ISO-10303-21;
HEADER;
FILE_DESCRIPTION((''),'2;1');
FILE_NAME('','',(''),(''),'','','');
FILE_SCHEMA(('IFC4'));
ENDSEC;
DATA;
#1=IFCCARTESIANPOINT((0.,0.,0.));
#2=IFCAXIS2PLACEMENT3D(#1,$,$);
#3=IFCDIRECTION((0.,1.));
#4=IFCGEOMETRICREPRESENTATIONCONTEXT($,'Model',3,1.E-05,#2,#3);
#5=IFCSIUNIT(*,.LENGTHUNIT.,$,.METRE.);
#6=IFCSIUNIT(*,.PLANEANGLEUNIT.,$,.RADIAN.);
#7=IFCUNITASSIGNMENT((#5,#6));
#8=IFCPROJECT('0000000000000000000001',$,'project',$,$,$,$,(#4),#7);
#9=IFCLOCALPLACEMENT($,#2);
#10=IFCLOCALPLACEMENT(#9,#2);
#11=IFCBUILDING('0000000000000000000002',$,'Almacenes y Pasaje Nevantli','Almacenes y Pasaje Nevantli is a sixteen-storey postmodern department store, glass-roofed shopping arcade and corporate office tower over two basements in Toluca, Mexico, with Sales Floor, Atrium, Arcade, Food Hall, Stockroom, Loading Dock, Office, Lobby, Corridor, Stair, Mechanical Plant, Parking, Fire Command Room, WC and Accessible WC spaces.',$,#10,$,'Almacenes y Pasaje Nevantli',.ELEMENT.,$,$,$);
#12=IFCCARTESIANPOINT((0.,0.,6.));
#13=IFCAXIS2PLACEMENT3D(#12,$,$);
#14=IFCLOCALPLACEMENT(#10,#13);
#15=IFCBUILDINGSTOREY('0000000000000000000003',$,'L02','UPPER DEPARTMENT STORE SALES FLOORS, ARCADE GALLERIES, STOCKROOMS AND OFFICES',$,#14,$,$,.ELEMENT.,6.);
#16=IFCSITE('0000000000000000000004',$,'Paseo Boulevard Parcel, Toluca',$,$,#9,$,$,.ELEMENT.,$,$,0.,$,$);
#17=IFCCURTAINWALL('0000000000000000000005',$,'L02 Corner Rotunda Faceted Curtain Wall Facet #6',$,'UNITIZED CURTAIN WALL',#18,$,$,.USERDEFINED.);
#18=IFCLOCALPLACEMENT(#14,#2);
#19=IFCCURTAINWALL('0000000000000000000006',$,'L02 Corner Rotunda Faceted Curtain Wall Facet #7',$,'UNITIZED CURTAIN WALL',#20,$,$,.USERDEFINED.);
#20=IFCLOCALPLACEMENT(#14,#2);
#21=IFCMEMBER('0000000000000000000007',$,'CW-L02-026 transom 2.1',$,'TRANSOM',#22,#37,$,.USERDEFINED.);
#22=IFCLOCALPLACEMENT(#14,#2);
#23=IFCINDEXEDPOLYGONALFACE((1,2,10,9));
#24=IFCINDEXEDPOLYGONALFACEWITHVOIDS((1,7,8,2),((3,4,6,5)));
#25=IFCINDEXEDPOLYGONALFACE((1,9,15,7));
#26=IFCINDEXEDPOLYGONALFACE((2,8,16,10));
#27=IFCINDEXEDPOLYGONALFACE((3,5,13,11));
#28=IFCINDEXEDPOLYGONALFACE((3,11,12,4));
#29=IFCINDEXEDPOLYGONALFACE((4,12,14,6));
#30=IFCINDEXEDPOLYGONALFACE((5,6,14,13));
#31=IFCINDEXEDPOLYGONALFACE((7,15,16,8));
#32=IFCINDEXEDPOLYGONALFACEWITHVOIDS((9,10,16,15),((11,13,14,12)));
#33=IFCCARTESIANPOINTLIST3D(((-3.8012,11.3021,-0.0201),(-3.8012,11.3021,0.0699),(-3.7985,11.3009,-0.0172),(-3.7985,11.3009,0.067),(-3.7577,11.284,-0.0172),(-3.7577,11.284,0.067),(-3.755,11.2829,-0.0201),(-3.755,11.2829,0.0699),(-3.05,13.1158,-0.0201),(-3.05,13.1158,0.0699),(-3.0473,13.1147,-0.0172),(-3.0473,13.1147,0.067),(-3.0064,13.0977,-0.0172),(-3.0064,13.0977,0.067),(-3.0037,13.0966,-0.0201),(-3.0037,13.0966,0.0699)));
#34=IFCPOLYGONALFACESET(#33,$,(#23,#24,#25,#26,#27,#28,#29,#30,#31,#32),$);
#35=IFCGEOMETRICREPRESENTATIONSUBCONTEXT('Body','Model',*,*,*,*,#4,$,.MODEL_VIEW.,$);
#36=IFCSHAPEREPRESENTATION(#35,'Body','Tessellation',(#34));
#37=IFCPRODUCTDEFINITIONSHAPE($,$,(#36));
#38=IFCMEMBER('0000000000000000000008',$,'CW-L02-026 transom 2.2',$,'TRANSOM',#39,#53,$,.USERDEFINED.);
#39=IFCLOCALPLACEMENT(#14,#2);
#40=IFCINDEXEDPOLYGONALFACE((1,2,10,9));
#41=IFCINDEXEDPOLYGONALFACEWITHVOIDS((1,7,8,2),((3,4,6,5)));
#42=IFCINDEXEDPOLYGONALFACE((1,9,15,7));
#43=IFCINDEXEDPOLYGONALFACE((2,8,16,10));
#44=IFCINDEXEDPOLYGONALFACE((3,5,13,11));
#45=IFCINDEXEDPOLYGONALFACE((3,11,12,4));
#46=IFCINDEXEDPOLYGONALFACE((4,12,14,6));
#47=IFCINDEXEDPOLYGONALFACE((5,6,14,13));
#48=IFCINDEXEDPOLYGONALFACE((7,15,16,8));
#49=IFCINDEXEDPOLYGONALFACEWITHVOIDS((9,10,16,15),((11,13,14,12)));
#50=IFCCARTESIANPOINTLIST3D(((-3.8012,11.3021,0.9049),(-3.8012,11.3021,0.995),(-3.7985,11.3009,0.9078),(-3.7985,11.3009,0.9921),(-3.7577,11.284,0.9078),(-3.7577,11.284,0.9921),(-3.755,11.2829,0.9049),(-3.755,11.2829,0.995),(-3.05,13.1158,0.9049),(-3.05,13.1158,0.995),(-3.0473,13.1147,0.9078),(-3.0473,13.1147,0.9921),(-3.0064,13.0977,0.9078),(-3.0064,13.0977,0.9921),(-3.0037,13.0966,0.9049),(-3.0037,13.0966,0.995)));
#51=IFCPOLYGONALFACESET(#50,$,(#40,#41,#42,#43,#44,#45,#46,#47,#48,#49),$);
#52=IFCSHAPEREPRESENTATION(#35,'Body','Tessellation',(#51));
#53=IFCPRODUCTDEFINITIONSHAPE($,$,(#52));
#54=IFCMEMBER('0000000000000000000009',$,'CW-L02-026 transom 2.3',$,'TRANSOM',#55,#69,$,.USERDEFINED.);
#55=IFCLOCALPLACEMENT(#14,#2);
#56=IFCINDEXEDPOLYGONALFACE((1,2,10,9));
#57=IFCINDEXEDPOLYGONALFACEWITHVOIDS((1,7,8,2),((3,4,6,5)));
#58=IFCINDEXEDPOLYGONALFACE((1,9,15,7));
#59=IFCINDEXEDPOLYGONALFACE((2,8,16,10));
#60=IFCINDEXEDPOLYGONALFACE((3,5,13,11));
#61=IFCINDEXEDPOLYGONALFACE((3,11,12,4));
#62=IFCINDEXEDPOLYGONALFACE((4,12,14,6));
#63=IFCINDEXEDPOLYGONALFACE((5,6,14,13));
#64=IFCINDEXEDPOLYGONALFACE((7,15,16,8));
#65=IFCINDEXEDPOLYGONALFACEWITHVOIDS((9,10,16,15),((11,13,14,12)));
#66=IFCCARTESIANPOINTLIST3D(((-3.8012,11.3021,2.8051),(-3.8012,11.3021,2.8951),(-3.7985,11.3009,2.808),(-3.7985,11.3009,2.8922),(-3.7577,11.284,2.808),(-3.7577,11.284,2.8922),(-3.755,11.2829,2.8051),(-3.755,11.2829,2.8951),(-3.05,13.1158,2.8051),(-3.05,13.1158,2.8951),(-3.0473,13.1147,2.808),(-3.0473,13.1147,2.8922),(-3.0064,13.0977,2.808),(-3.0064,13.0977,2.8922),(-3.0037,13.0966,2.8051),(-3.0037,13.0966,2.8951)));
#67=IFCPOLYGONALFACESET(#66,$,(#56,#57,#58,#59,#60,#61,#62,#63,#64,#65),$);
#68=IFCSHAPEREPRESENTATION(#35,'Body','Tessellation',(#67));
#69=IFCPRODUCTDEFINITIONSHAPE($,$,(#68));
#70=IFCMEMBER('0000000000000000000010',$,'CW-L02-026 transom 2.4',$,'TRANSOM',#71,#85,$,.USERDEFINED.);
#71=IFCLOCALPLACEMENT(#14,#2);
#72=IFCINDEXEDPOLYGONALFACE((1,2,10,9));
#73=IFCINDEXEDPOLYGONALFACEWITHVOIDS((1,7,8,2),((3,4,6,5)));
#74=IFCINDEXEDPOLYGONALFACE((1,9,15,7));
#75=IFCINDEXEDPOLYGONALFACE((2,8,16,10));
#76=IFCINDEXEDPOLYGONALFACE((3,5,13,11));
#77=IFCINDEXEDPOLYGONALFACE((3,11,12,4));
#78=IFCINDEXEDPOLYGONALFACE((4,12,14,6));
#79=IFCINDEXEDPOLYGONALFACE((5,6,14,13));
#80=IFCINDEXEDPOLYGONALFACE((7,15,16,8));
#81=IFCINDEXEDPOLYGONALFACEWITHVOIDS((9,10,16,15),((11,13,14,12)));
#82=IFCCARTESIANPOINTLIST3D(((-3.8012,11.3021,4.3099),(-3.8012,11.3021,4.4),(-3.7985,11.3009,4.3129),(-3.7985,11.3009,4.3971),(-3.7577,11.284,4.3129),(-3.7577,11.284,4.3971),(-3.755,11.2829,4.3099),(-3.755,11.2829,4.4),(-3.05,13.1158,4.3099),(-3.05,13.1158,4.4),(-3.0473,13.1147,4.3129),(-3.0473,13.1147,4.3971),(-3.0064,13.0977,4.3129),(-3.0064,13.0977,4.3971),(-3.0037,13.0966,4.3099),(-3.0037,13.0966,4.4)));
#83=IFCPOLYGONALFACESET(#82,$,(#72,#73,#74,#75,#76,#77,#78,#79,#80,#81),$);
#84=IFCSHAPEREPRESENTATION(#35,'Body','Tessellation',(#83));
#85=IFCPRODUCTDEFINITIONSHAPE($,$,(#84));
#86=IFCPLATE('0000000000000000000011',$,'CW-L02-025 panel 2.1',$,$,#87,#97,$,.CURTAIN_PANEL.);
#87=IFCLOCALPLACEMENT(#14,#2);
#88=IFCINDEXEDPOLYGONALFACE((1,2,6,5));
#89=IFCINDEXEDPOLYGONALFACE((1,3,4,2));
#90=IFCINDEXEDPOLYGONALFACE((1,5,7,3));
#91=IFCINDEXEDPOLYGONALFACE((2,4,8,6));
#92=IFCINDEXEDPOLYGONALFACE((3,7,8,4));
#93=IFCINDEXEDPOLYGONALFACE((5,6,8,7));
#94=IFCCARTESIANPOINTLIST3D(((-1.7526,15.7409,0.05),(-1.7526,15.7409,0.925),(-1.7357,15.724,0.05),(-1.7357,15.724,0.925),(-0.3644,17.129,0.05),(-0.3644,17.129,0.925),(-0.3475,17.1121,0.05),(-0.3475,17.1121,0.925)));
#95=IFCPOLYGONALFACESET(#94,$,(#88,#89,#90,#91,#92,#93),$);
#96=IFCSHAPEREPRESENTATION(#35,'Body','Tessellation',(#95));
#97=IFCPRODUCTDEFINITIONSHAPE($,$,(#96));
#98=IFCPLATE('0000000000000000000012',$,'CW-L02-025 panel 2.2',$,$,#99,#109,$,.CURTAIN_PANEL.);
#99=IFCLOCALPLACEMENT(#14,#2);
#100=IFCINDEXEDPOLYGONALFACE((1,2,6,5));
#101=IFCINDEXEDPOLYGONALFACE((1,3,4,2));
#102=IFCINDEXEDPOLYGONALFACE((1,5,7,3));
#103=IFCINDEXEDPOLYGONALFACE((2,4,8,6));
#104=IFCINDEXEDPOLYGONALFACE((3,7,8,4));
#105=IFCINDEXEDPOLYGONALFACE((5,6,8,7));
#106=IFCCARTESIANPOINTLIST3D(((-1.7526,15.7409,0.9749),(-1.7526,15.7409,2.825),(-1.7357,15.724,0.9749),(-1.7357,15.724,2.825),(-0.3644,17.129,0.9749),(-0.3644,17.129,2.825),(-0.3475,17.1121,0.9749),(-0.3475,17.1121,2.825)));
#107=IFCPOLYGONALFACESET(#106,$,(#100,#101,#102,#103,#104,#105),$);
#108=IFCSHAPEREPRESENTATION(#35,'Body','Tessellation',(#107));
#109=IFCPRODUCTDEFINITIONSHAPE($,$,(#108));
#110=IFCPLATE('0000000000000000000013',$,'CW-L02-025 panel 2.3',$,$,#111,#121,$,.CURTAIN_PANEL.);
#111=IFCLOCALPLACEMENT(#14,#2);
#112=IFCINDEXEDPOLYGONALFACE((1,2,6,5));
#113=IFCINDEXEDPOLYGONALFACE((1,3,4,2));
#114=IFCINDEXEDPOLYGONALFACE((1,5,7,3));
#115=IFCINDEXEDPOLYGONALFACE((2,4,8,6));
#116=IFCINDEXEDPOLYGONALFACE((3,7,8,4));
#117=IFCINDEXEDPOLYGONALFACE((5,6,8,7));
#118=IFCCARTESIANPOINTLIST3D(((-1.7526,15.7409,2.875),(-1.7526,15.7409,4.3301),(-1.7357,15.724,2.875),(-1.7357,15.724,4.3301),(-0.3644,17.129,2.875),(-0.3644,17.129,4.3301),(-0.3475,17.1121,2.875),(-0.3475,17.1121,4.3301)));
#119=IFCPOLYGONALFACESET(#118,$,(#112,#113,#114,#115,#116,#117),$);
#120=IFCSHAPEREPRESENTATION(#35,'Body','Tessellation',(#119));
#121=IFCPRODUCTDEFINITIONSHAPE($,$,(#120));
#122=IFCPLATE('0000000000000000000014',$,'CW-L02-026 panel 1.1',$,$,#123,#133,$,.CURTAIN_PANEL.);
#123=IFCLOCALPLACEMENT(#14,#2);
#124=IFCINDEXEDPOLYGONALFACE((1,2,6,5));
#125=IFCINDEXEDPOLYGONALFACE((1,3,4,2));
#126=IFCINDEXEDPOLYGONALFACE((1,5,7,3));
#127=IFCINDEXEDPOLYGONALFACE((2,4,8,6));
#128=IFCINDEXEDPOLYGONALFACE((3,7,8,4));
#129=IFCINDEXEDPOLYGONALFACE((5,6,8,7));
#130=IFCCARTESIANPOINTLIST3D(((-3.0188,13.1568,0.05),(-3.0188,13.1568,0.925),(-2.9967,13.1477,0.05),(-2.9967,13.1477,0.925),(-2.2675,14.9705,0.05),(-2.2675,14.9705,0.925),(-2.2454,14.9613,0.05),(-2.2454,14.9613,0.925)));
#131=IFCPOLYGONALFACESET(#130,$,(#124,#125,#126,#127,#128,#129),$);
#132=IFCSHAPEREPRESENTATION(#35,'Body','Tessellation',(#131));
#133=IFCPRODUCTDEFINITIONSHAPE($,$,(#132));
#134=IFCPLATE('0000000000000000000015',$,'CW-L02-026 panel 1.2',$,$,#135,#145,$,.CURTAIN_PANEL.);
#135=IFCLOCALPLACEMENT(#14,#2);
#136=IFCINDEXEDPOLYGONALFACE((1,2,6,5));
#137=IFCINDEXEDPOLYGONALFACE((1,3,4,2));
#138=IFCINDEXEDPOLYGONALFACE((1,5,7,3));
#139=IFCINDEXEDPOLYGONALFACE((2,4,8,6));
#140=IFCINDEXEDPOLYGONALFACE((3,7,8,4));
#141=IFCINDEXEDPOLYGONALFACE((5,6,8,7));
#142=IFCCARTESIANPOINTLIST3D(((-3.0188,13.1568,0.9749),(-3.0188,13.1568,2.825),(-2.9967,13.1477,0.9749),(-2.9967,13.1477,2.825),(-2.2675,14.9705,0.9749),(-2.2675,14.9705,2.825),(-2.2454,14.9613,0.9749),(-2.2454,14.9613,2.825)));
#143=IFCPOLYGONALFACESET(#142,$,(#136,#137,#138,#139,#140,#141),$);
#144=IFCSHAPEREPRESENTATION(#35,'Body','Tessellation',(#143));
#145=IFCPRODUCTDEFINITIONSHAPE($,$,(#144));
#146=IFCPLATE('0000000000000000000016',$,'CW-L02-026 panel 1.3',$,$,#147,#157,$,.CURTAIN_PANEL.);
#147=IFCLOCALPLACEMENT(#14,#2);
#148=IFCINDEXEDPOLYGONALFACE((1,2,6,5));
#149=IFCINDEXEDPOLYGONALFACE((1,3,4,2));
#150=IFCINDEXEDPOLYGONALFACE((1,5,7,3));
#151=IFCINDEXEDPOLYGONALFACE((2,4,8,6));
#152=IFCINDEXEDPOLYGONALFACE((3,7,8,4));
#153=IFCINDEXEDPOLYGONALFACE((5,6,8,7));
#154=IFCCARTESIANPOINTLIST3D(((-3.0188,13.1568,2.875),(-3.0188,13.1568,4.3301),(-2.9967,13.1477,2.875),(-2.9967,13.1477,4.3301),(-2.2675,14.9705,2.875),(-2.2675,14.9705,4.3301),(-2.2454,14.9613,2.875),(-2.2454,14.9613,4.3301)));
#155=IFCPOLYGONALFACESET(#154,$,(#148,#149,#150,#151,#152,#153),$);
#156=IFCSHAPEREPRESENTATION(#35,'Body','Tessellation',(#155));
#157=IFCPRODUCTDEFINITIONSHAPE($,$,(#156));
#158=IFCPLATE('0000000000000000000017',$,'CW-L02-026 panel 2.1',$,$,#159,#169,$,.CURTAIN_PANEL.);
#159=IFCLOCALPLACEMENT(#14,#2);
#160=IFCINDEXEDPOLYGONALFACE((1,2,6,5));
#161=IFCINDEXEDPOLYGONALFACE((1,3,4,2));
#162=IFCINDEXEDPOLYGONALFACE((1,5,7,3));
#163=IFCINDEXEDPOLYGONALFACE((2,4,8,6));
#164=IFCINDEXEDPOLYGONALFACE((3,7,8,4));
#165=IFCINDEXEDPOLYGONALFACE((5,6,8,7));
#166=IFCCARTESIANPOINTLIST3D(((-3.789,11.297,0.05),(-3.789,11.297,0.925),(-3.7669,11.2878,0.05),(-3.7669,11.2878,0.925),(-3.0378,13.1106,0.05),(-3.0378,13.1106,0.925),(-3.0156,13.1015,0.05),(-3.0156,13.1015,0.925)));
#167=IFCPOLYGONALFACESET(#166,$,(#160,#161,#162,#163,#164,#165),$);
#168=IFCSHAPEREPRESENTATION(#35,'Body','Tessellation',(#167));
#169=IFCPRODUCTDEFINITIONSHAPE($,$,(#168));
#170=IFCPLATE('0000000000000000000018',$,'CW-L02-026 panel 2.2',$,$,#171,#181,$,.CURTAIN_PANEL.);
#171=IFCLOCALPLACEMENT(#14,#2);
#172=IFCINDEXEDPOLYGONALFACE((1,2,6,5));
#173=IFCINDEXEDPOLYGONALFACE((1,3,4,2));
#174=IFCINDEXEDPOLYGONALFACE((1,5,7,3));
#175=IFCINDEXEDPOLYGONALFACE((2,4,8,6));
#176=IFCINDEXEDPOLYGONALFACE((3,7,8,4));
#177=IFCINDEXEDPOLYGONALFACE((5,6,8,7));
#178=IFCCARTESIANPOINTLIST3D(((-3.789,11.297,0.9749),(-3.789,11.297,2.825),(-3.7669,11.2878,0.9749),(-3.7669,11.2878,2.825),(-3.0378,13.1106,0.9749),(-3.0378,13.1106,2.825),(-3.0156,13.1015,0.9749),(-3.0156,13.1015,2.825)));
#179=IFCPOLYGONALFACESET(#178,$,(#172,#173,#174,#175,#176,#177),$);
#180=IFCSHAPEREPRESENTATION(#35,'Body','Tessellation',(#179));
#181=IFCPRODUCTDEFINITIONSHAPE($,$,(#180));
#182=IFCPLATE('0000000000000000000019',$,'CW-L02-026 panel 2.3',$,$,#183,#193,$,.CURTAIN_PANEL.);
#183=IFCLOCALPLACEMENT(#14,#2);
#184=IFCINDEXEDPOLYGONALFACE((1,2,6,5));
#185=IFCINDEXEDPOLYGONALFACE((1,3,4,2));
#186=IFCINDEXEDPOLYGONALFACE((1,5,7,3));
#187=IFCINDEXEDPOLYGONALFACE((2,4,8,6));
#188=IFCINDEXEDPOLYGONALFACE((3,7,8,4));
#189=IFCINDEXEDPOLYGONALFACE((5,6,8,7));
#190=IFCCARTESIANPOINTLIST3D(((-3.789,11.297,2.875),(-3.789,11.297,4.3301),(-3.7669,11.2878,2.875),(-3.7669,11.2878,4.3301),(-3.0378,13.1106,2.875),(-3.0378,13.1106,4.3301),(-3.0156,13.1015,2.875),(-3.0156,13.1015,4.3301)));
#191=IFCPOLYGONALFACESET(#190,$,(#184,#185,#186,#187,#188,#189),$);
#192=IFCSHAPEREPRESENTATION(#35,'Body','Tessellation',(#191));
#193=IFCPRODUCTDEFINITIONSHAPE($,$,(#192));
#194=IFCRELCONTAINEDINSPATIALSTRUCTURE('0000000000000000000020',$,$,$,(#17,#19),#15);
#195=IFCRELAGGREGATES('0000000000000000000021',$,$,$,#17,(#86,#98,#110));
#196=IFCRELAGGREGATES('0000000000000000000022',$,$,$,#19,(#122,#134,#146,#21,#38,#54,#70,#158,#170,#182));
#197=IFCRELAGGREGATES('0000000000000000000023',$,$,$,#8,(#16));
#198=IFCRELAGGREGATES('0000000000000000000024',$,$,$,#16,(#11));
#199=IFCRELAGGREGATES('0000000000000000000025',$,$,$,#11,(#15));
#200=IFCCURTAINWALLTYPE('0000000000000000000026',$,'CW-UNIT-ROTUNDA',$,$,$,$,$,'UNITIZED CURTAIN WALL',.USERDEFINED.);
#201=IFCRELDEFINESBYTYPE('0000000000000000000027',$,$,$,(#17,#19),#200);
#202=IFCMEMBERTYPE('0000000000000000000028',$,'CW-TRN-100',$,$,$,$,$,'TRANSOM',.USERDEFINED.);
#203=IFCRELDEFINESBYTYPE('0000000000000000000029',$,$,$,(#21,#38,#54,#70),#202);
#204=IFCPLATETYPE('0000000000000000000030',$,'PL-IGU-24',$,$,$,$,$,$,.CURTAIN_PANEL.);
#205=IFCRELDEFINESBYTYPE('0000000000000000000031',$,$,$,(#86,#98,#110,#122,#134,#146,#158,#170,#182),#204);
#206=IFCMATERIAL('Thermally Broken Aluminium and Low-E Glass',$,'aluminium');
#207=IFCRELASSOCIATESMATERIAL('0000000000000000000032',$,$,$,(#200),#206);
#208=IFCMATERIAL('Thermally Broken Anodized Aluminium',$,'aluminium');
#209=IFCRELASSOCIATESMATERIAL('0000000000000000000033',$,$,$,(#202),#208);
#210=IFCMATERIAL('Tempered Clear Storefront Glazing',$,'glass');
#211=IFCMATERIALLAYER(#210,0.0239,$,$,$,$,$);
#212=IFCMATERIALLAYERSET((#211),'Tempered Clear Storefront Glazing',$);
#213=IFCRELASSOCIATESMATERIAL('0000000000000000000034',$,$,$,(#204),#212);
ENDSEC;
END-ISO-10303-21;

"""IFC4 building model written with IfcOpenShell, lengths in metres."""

from ifc_helpers import new_model, si_unit, direction, frame, origin, origin_2d, place, context, subcontext, project, spatial, rectangle, hollow_rectangle, extrude, material, layer, layer_set, material_profile, profile_set, type_object, element, aggregate, save


model = new_model("IFC4")

# Units and contexts
model_context = context("Model", 3, precision=1e-05, world=origin(), true_north=direction((0.0, 1.0)))
body_context = subcontext(model_context, "Body", "Model", "MODEL_VIEW")
ifc_project = project(units=[si_unit("LENGTHUNIT", "METRE"), si_unit("PLANEANGLEUNIT", "RADIAN")], contexts=[model_context])

# Site, building, storey
site_placement = place(None, origin())
site = spatial("IfcSite", under=ifc_project, at=site_placement, Name="Paseo Boulevard Parcel, Toluca", CompositionType="ELEMENT", RefElevation=0.0)
building_placement = place(site_placement, origin())
building = spatial("IfcBuilding", under=site, at=building_placement, Name="Almacenes y Pasaje Nevantli", Description="Almacenes y Pasaje Nevantli is a sixteen-storey postmodern department store, glass-roofed shopping arcade and corporate office tower over two basements in Toluca, Mexico, with Sales Floor, Atrium, Arcade, Food Hall, Stockroom, Loading Dock, Office, Lobby, Corridor, Stair, Mechanical Plant, Parking, Fire Command Room, WC and Accessible WC spaces.", LongName="Almacenes y Pasaje Nevantli", CompositionType="ELEMENT")
storey_placement = place(building_placement, frame((0.0, 0.0, 6.0)))
storey = spatial("IfcBuildingStorey", under=building, at=storey_placement, Name="L02", Description="UPPER DEPARTMENT STORE SALES FLOORS, ARCADE GALLERIES, STOCKROOMS AND OFFICES", CompositionType="ELEMENT", Elevation=6.0)

# Curtain walls
ifc_material_1 = material(Name="Thermally Broken Aluminium and Low-E Glass", Category="aluminium")
curtain_wall_type = type_object("IfcCurtainWallType", Name="CW-UNIT-ROTUNDA", ElementType="UNITIZED CURTAIN WALL", PredefinedType="USERDEFINED", material=ifc_material_1)
curtain_wall_1_placement = place(storey_placement, origin())
curtain_wall_1 = element("IfcCurtainWall", 1, at=curtain_wall_1_placement, inside=storey, type_object=curtain_wall_type, Name="L02 Corner Rotunda Faceted Curtain Wall Facet #6", ObjectType="UNITIZED CURTAIN WALL", PredefinedType="USERDEFINED")
curtain_wall_2_placement = place(storey_placement, origin())
curtain_wall_2 = element("IfcCurtainWall", 2, at=curtain_wall_2_placement, inside=storey, type_object=curtain_wall_type, Name="L02 Corner Rotunda Faceted Curtain Wall Facet #7", ObjectType="UNITIZED CURTAIN WALL", PredefinedType="USERDEFINED")

# Members
ifc_material_2 = material(Name="Thermally Broken Anodized Aluminium", Category="aluminium")
ifc_material_profile_1 = material_profile(ifc_material_2, hollow_rectangle(XDim=0.05, YDim=0.0901, WallThickness=0.0029, at=origin_2d()), Name="ALU-TRN-50x90")
ifc_profile_set_1 = profile_set([ifc_material_profile_1], Name="Thermally Broken Anodized Aluminium")
member_type_1 = type_object("IfcMemberType", Name="CW-TRN-100", ElementType="TRANSOM", PredefinedType="USERDEFINED", material=ifc_profile_set_1)
member_1_placement = place(storey_placement, frame((-3.0269, 13.1062, 0.0249), z_axis=(-0.382663, -0.923888, 0.0), x_axis=(0.923888, -0.382663, 0.0)))
member_1 = element("IfcMember", 3, at=member_1_placement, type_object=member_type_1, Name="CW-L02-026 transom 2.1", ObjectType="TRANSOM", PredefinedType="USERDEFINED", context=body_context, shape_type="SweptSolid", body=[
    extrude(hollow_rectangle(XDim=0.05, YDim=0.0901, WallThickness=0.0029, at=origin_2d()), origin(), (0.0, 0.0, 1.0), 1.9631),
])
member_2_placement = place(storey_placement, frame((-3.0269, 13.1062, 0.95), z_axis=(-0.382663, -0.923888, 0.0), x_axis=(0.923888, -0.382663, 0.0)))
member_2 = element("IfcMember", 4, at=member_2_placement, type_object=member_type_1, Name="CW-L02-026 transom 2.2", ObjectType="TRANSOM", PredefinedType="USERDEFINED", context=body_context, shape_type="SweptSolid", body=[
    extrude(hollow_rectangle(XDim=0.05, YDim=0.0901, WallThickness=0.0029, at=origin_2d()), origin(), (0.0, 0.0, 1.0), 1.9631),
])
member_3_placement = place(storey_placement, frame((-3.0269, 13.1062, 2.8501), z_axis=(-0.382663, -0.923888, 0.0), x_axis=(0.923888, -0.382663, 0.0)))
member_3 = element("IfcMember", 5, at=member_3_placement, type_object=member_type_1, Name="CW-L02-026 transom 2.3", ObjectType="TRANSOM", PredefinedType="USERDEFINED", context=body_context, shape_type="SweptSolid", body=[
    extrude(hollow_rectangle(XDim=0.05, YDim=0.0901, WallThickness=0.0029, at=origin_2d()), origin(), (0.0, 0.0, 1.0), 1.9631),
])
member_4_placement = place(storey_placement, frame((-3.0269, 13.1062, 4.355), z_axis=(-0.382663, -0.923888, 0.0), x_axis=(0.923888, -0.382663, 0.0)))
member_4 = element("IfcMember", 6, at=member_4_placement, type_object=member_type_1, Name="CW-L02-026 transom 2.4", ObjectType="TRANSOM", PredefinedType="USERDEFINED", context=body_context, shape_type="SweptSolid", body=[
    extrude(hollow_rectangle(XDim=0.05, YDim=0.0901, WallThickness=0.0029, at=origin_2d()), origin(), (0.0, 0.0, 1.0), 1.9631),
])

# Plates
ifc_material_3 = material(Name="Tempered Clear Storefront Glazing", Category="glass")
ifc_layer_1 = layer(ifc_material_3, 0.0239)
ifc_layer_set_1 = layer_set([ifc_layer_1], Name="Tempered Clear Storefront Glazing")
plate_type = type_object("IfcPlateType", Name="PL-IGU-24", PredefinedType="CURTAIN_PANEL", material=ifc_layer_set_1)
plate_1_placement = place(storey_placement, frame((-1.05, 16.4265, 0.05), z_axis=(0.0, 0.0, 1.0), x_axis=(-0.707107, -0.707107, 0.0)))
plate_1 = element("IfcPlate", 7, at=plate_1_placement, type_object=plate_type, Name="CW-L02-025 panel 2.1", PredefinedType="CURTAIN_PANEL", context=body_context, shape_type="SweptSolid", body=[
    extrude(rectangle(XDim=1.9631, YDim=0.0239, at=origin_2d()), origin(), (0.0, 0.0, 1.0), 0.875),
])
plate_2_placement = place(storey_placement, frame((-1.05, 16.4265, 0.9749), z_axis=(0.0, 0.0, 1.0), x_axis=(-0.707107, -0.707107, 0.0)))
plate_2 = element("IfcPlate", 8, at=plate_2_placement, type_object=plate_type, Name="CW-L02-025 panel 2.2", PredefinedType="CURTAIN_PANEL", context=body_context, shape_type="SweptSolid", body=[
    extrude(rectangle(XDim=1.9631, YDim=0.0239, at=origin_2d()), origin(), (0.0, 0.0, 1.0), 1.8501),
])
plate_3_placement = place(storey_placement, frame((-1.05, 16.4265, 2.875), z_axis=(0.0, 0.0, 1.0), x_axis=(-0.707107, -0.707107, 0.0)))
plate_3 = element("IfcPlate", 9, at=plate_3_placement, type_object=plate_type, Name="CW-L02-025 panel 2.3", PredefinedType="CURTAIN_PANEL", context=body_context, shape_type="SweptSolid", body=[
    extrude(rectangle(XDim=1.9631, YDim=0.0239, at=origin_2d()), origin(), (0.0, 0.0, 1.0), 1.4551),
])
aggregate(curtain_wall_1, [plate_1, plate_2, plate_3])
plate_4_placement = place(storey_placement, frame((-2.6321, 14.0591, 0.05), z_axis=(0.0, 0.0, 1.0), x_axis=(-0.382698, -0.923873, 0.0)))
plate_4 = element("IfcPlate", 10, at=plate_4_placement, type_object=plate_type, Name="CW-L02-026 panel 1.1", PredefinedType="CURTAIN_PANEL", context=body_context, shape_type="SweptSolid", body=[
    extrude(rectangle(XDim=1.9631, YDim=0.0239, at=origin_2d()), origin(), (0.0, 0.0, 1.0), 0.875),
])
plate_5_placement = place(storey_placement, frame((-2.6321, 14.0591, 0.9749), z_axis=(0.0, 0.0, 1.0), x_axis=(-0.382698, -0.923873, 0.0)))
plate_5 = element("IfcPlate", 11, at=plate_5_placement, type_object=plate_type, Name="CW-L02-026 panel 1.2", PredefinedType="CURTAIN_PANEL", context=body_context, shape_type="SweptSolid", body=[
    extrude(rectangle(XDim=1.9631, YDim=0.0239, at=origin_2d()), origin(), (0.0, 0.0, 1.0), 1.8501),
])
plate_6_placement = place(storey_placement, frame((-2.6321, 14.0591, 2.875), z_axis=(0.0, 0.0, 1.0), x_axis=(-0.382698, -0.923873, 0.0)))
plate_6 = element("IfcPlate", 12, at=plate_6_placement, type_object=plate_type, Name="CW-L02-026 panel 1.3", PredefinedType="CURTAIN_PANEL", context=body_context, shape_type="SweptSolid", body=[
    extrude(rectangle(XDim=1.9631, YDim=0.0239, at=origin_2d()), origin(), (0.0, 0.0, 1.0), 1.4551),
])
plate_7_placement = place(storey_placement, frame((-3.4023, 12.1992, 0.05), z_axis=(0.0, 0.0, 1.0), x_axis=(-0.382698, -0.923873, 0.0)))
plate_7 = element("IfcPlate", 13, at=plate_7_placement, type_object=plate_type, Name="CW-L02-026 panel 2.1", PredefinedType="CURTAIN_PANEL", context=body_context, shape_type="SweptSolid", body=[
    extrude(rectangle(XDim=1.9631, YDim=0.0239, at=origin_2d()), origin(), (0.0, 0.0, 1.0), 0.875),
])
plate_8_placement = place(storey_placement, frame((-3.4023, 12.1992, 0.9749), z_axis=(0.0, 0.0, 1.0), x_axis=(-0.382698, -0.923873, 0.0)))
plate_8 = element("IfcPlate", 14, at=plate_8_placement, type_object=plate_type, Name="CW-L02-026 panel 2.2", PredefinedType="CURTAIN_PANEL", context=body_context, shape_type="SweptSolid", body=[
    extrude(rectangle(XDim=1.9631, YDim=0.0239, at=origin_2d()), origin(), (0.0, 0.0, 1.0), 1.8501),
])
plate_9_placement = place(storey_placement, frame((-3.4023, 12.1992, 2.875), z_axis=(0.0, 0.0, 1.0), x_axis=(-0.382698, -0.923873, 0.0)))
plate_9 = element("IfcPlate", 15, at=plate_9_placement, type_object=plate_type, Name="CW-L02-026 panel 2.3", PredefinedType="CURTAIN_PANEL", context=body_context, shape_type="SweptSolid", body=[
    extrude(rectangle(XDim=1.9631, YDim=0.0239, at=origin_2d()), origin(), (0.0, 0.0, 1.0), 1.4551),
])
aggregate(curtain_wall_2, [plate_4, plate_5, plate_6, member_1, member_2, member_3, member_4, plate_7, plate_8, plate_9])

save(model, "model.ifc")
